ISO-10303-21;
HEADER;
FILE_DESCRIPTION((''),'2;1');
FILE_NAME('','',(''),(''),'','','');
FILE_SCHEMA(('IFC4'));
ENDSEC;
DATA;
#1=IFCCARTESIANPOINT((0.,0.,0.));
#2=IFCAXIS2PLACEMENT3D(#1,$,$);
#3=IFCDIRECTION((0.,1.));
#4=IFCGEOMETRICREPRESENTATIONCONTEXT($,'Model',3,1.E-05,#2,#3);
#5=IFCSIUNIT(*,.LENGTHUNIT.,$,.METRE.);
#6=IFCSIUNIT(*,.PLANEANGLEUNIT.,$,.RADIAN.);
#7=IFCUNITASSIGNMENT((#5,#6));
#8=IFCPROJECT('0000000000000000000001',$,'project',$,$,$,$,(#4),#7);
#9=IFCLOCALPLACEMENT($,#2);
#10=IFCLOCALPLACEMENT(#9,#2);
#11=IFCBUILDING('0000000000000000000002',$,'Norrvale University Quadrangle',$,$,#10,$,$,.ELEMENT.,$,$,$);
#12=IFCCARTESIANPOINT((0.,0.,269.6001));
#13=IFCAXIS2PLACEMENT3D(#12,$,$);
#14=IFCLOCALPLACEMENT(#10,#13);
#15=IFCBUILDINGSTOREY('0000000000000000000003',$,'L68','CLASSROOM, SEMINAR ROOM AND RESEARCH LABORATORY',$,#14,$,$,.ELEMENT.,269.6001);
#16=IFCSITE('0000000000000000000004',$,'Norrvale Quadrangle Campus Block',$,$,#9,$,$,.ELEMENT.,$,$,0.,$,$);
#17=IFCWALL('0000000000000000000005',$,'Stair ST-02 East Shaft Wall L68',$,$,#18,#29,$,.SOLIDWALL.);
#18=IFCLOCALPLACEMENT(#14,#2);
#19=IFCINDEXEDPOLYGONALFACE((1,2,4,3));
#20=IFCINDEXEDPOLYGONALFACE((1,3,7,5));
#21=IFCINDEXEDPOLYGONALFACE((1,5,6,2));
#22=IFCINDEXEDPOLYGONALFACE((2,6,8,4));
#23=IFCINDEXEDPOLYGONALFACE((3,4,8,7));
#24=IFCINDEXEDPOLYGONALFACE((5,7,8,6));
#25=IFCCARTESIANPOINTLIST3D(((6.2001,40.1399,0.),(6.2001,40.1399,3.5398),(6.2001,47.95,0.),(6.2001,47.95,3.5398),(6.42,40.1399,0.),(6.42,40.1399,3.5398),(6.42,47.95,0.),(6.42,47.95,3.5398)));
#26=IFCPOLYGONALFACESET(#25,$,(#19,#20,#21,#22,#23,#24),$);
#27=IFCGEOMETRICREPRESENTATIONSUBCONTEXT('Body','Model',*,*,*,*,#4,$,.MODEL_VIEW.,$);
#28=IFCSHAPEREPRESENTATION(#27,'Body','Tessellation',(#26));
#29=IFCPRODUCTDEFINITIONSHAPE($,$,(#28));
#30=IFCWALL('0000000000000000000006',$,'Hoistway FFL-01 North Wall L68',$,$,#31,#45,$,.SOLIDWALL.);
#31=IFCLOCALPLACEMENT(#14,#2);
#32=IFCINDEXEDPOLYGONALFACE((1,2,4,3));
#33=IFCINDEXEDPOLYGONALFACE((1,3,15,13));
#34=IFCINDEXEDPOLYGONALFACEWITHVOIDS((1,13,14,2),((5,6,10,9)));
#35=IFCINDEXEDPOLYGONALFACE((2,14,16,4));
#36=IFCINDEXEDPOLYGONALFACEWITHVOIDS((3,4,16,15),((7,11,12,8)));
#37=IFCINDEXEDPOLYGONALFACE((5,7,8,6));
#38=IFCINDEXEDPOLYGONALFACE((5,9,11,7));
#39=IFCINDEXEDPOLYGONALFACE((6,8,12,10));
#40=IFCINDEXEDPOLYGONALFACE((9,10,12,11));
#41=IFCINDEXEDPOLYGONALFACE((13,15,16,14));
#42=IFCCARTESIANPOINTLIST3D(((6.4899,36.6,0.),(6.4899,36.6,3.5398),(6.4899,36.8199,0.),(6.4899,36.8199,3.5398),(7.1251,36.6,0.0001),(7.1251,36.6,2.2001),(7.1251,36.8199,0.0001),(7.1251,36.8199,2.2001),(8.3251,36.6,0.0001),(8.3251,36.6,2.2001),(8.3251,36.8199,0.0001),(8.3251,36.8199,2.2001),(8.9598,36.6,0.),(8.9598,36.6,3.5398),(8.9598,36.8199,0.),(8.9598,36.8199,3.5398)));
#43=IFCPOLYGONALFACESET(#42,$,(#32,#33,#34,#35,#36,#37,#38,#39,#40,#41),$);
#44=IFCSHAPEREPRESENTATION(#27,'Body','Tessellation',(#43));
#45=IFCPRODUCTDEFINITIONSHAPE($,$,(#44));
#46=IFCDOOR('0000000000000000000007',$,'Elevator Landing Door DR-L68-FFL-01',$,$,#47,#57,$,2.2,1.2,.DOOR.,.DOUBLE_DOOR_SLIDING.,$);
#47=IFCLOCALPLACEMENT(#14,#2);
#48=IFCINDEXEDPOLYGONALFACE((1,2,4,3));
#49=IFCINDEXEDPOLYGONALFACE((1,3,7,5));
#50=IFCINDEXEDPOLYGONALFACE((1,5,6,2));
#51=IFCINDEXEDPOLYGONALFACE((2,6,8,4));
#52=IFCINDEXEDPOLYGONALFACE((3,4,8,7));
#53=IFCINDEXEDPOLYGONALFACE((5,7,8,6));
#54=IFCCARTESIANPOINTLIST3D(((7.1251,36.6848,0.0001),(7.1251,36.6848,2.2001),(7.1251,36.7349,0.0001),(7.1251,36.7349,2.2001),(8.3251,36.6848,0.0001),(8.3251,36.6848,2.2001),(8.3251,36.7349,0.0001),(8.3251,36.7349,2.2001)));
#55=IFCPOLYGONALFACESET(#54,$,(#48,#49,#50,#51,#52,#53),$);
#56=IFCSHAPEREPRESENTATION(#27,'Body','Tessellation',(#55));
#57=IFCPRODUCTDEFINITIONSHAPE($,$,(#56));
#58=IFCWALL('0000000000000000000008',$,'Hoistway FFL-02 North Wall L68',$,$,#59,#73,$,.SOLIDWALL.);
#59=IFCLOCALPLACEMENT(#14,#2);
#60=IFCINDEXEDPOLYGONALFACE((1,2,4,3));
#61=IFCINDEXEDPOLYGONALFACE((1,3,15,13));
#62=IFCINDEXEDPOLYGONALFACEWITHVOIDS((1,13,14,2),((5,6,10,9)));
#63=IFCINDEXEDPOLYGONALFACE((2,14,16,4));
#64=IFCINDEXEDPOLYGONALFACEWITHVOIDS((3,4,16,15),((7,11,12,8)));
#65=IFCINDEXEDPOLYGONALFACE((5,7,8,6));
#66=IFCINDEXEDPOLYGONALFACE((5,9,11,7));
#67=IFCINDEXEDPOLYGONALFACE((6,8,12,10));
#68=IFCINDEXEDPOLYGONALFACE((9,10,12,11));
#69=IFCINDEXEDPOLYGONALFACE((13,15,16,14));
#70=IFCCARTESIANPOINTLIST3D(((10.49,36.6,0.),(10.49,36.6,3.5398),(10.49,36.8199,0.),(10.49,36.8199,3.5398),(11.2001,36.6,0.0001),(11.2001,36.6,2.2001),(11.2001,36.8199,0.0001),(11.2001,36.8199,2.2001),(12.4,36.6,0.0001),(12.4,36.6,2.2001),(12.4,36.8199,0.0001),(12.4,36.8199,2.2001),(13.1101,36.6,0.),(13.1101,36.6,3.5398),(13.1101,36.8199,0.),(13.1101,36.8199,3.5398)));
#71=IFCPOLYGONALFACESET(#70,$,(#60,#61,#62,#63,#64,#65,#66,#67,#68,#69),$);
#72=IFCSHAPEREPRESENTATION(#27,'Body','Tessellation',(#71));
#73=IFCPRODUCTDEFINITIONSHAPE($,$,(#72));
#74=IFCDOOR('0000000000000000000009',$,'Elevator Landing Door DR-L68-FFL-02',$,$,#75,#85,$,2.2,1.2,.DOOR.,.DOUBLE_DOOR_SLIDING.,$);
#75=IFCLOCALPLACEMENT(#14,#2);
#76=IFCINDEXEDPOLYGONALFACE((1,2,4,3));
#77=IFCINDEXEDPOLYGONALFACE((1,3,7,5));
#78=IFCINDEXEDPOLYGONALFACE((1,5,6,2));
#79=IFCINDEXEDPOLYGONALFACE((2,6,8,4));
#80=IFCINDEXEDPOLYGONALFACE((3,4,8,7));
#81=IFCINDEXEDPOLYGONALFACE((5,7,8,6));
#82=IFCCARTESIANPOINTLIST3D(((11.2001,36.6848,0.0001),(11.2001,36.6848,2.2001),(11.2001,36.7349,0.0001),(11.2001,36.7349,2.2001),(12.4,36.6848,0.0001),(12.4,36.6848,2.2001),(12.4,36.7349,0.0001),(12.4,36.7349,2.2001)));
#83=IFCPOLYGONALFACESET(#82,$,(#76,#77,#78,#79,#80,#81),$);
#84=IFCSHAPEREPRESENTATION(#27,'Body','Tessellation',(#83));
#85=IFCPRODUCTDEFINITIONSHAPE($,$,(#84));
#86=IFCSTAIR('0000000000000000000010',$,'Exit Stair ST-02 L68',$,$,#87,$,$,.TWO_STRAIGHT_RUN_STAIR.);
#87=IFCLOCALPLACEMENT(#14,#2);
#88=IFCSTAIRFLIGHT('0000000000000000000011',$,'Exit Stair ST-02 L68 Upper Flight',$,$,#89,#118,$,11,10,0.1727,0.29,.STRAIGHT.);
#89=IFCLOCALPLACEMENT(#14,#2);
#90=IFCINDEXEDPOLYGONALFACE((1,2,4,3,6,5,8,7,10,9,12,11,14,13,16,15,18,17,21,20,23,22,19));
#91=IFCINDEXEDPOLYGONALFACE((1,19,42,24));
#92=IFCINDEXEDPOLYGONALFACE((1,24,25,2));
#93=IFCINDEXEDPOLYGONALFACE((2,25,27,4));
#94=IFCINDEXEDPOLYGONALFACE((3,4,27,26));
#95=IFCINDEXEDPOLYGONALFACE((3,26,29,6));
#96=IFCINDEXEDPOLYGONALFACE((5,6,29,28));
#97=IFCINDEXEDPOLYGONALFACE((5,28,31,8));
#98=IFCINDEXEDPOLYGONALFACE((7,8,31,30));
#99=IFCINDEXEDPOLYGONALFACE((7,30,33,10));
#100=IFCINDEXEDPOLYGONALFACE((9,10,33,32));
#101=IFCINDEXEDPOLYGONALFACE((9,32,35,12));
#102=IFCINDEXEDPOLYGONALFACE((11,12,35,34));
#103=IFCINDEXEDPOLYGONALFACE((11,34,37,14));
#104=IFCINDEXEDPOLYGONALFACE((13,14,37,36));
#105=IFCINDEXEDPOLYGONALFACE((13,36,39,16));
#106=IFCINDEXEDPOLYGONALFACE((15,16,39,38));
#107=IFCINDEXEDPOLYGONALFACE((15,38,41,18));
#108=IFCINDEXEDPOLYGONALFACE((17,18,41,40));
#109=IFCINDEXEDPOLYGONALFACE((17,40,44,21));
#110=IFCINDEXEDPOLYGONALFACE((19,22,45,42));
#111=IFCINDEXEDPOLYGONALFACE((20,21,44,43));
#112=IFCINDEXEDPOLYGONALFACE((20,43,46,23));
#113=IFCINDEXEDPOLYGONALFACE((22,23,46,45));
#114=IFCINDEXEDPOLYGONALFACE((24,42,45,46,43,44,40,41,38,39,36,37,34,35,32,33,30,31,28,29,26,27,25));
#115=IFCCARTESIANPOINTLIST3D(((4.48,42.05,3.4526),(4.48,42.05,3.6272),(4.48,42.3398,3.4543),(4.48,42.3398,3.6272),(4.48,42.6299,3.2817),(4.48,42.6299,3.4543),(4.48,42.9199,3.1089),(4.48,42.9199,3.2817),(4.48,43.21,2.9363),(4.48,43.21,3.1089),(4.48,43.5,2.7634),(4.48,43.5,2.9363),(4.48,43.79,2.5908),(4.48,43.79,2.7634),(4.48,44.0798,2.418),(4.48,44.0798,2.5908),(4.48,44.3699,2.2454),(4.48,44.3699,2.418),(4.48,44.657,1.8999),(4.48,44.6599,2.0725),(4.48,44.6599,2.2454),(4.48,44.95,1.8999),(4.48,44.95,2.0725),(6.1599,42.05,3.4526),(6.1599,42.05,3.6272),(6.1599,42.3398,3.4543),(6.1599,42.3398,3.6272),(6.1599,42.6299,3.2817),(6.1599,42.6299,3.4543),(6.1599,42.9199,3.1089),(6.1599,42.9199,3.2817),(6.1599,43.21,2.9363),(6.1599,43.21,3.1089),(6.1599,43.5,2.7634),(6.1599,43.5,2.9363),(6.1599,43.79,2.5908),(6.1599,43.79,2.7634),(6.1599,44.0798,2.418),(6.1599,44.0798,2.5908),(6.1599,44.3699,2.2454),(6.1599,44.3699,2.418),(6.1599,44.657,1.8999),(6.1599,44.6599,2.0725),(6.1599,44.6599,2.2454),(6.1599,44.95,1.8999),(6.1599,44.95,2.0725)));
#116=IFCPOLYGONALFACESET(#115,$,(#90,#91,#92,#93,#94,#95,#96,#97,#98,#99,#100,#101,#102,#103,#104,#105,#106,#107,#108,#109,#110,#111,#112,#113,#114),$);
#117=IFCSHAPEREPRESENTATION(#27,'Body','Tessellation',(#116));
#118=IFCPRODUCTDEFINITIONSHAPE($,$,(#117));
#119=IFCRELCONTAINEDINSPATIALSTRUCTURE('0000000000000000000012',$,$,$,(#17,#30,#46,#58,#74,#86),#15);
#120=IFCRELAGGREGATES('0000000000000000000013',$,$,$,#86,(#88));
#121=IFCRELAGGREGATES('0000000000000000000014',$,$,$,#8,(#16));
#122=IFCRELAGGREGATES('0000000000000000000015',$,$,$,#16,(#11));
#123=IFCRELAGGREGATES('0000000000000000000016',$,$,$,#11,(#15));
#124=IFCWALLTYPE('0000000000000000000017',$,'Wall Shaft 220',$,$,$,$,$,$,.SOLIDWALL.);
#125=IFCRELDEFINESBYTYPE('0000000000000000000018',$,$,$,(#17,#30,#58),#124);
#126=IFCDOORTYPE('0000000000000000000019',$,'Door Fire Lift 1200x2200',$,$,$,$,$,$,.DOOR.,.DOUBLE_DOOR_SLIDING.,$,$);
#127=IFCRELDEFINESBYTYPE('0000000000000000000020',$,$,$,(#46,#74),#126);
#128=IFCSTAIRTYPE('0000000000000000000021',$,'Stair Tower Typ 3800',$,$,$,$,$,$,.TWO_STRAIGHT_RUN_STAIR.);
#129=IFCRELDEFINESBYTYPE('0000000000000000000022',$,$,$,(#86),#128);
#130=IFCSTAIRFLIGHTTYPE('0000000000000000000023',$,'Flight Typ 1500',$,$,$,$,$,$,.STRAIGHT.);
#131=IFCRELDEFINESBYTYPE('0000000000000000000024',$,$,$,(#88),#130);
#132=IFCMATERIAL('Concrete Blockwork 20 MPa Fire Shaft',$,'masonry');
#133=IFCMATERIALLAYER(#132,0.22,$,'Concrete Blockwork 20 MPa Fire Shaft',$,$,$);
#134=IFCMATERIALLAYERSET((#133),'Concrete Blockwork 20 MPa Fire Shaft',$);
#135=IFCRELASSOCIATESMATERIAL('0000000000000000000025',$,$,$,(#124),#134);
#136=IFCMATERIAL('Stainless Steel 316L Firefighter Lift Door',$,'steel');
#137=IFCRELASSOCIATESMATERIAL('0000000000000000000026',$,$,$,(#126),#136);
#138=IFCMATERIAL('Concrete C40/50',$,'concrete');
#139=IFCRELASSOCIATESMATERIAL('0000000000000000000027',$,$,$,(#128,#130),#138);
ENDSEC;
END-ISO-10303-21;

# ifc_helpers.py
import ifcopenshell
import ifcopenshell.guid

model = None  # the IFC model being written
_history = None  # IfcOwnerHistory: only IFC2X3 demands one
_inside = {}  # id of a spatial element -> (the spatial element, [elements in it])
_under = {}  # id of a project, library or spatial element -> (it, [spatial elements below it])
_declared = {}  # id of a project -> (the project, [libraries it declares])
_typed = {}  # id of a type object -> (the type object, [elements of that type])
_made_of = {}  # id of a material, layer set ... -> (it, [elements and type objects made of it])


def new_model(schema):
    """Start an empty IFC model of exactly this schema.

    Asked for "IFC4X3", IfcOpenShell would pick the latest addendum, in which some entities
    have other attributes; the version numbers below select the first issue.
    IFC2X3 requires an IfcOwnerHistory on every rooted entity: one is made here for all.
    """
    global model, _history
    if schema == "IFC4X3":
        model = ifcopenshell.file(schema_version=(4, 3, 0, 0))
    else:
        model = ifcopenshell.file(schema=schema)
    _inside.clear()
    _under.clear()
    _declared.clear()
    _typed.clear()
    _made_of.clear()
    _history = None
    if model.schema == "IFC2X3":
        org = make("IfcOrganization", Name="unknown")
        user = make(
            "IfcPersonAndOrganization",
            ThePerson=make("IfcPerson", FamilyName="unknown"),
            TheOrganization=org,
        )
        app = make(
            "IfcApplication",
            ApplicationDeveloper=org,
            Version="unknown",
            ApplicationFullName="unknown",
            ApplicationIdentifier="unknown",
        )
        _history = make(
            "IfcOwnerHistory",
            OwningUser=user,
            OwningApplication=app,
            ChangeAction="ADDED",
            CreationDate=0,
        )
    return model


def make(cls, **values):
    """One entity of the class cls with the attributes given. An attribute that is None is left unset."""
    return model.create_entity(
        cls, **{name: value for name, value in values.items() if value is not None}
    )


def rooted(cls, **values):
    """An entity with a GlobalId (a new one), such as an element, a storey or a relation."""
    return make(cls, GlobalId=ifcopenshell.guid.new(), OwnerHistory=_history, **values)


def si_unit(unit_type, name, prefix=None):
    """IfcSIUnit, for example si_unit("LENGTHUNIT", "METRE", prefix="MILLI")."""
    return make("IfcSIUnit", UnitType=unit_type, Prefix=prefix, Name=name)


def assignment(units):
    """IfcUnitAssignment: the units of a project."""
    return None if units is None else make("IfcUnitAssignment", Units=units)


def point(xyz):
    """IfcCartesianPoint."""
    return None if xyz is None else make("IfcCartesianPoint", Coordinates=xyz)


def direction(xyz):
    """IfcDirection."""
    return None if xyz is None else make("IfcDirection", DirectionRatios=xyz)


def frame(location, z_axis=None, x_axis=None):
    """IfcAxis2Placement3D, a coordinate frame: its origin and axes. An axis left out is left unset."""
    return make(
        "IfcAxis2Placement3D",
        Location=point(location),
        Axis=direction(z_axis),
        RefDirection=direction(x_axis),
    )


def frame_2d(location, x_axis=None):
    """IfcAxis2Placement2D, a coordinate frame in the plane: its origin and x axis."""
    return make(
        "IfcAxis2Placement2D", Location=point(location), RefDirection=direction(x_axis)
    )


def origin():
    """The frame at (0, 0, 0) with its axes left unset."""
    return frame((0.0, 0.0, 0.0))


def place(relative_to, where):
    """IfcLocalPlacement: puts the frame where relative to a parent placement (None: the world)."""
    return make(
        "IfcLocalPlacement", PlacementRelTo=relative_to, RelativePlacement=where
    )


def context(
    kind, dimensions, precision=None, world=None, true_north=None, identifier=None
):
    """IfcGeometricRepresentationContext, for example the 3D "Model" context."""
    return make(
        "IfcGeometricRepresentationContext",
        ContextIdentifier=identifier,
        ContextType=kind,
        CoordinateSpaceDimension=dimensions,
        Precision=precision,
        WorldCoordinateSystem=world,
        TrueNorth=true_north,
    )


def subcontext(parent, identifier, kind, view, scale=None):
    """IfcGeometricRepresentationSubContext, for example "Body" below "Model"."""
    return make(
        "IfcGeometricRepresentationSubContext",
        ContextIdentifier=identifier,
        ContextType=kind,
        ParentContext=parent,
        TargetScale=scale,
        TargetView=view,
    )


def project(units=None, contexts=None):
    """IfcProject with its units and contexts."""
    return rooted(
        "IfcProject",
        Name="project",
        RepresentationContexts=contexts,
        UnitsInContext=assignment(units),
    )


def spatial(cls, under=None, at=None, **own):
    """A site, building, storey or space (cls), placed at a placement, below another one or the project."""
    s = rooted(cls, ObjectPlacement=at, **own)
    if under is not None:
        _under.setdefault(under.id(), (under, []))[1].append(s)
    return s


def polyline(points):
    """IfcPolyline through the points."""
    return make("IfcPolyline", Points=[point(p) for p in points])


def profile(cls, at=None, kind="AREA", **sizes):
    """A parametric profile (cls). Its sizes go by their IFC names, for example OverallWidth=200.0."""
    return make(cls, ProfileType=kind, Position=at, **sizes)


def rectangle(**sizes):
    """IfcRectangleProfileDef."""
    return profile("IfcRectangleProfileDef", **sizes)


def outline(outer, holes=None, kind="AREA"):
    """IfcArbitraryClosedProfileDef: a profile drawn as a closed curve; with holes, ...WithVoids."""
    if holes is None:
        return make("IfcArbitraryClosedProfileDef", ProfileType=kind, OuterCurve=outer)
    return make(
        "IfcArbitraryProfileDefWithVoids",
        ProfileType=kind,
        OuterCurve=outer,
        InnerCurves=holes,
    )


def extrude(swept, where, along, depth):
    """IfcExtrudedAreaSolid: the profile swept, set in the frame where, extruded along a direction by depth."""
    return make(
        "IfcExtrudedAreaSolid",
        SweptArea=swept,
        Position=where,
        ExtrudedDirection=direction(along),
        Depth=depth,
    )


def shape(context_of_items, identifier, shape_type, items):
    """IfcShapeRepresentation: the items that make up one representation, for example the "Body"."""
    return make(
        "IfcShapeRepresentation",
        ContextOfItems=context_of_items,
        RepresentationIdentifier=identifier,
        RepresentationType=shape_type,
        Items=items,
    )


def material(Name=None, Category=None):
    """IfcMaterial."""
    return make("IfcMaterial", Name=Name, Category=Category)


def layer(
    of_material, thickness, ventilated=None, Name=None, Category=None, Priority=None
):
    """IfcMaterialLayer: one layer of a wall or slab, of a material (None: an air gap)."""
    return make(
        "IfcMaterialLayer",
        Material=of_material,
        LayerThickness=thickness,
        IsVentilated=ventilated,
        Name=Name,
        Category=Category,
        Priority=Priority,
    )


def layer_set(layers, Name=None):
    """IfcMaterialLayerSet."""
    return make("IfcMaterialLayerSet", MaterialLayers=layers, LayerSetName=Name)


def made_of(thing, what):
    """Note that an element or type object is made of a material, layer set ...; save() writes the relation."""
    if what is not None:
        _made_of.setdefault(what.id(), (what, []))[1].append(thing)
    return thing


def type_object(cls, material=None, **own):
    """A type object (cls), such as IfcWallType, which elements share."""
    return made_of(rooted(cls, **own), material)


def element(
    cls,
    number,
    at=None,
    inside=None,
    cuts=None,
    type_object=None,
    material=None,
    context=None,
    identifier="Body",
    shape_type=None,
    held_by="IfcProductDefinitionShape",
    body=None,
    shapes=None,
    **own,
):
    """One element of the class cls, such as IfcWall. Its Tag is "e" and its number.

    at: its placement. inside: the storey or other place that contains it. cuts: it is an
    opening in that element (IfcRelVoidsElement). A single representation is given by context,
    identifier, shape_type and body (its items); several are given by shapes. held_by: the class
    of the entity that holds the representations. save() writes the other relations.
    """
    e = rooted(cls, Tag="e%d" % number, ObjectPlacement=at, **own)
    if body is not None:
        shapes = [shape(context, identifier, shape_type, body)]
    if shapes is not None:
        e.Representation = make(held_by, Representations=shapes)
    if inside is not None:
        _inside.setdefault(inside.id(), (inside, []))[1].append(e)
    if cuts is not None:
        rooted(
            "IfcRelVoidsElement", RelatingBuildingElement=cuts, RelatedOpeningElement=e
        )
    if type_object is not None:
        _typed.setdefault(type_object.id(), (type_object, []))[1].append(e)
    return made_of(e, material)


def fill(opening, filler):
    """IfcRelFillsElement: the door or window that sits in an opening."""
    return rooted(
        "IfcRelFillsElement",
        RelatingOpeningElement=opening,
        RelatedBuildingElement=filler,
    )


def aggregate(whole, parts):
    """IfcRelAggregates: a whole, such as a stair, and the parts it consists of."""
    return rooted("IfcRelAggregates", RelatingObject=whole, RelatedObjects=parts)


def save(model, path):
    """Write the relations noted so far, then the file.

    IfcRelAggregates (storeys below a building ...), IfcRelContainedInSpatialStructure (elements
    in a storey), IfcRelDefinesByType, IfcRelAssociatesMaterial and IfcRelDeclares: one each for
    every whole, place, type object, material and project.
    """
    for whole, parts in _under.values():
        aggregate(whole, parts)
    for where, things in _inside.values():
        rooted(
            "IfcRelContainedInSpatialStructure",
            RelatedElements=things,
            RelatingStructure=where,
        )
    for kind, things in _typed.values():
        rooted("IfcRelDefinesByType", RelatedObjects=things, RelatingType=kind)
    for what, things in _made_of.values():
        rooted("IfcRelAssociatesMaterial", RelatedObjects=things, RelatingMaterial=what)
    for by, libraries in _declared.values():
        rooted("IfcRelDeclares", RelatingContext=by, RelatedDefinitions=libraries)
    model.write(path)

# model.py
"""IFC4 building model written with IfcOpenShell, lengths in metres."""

from ifc_helpers import new_model, si_unit, direction, frame, frame_2d, origin, place, context, subcontext, project, spatial, polyline, rectangle, outline, extrude, material, layer, layer_set, type_object, element, fill, aggregate, save


model = new_model("IFC4")

# Units and contexts
model_context = context("Model", 3, precision=1e-05, world=origin(), true_north=direction((0.0, 1.0)))
body_context = subcontext(model_context, "Body", "Model", "MODEL_VIEW")
ifc_project = project(units=[si_unit("LENGTHUNIT", "METRE"), si_unit("PLANEANGLEUNIT", "RADIAN")], contexts=[model_context])

# Site, building, storey
site_placement = place(None, origin())
site = spatial("IfcSite", under=ifc_project, at=site_placement, Name="Norrvale Quadrangle Campus Block", CompositionType="ELEMENT", RefElevation=0.0)
building_placement = place(site_placement, origin())
building = spatial("IfcBuilding", under=site, at=building_placement, Name="Norrvale University Quadrangle", CompositionType="ELEMENT")
storey_placement = place(building_placement, frame((0.0, 0.0, 269.6001)))
storey = spatial("IfcBuildingStorey", under=building, at=storey_placement, Name="L68", Description="CLASSROOM, SEMINAR ROOM AND RESEARCH LABORATORY", CompositionType="ELEMENT", Elevation=269.6001)

# Wall
ifc_material_1 = material(Name="Concrete Blockwork 20 MPa Fire Shaft", Category="masonry")
ifc_layer_1 = layer(ifc_material_1, 0.22, Name="Concrete Blockwork 20 MPa Fire Shaft")
ifc_layer_set_1 = layer_set([ifc_layer_1], Name="Concrete Blockwork 20 MPa Fire Shaft")
wall_type_1 = type_object("IfcWallType", Name="Wall Shaft 220", PredefinedType="SOLIDWALL", material=ifc_layer_set_1)
wall_1_placement = place(storey_placement, frame((6.3101, 40.1399, 0.0), z_axis=(0.0, 0.0, 1.0), x_axis=(0.0, 1.0, 0.0)))
element("IfcWall", 1, at=wall_1_placement, inside=storey, type_object=wall_type_1, Name="Stair ST-02 East Shaft Wall L68", PredefinedType="SOLIDWALL", context=body_context, shape_type="SweptSolid", body=[
    extrude(rectangle(XDim=7.8101, YDim=0.22, at=frame_2d((3.905, 0.0))), origin(), (0.0, 0.0, 1.0), 3.5398),
])

# Walls, openings, doors
wall_2_placement = place(storey_placement, frame((6.49, 36.71, 0.0), z_axis=(0.0, 0.0, 1.0), x_axis=(1.0, 0.0, 0.0)))
wall_2 = element("IfcWall", 2, at=wall_2_placement, inside=storey, type_object=wall_type_1, Name="Hoistway FFL-01 North Wall L68", PredefinedType="SOLIDWALL", context=body_context, shape_type="SweptSolid", body=[
    extrude(rectangle(XDim=2.47, YDim=0.22, at=frame_2d((1.2349, 0.0))), origin(), (0.0, 0.0, 1.0), 3.5398),
])
opening_1_placement = place(wall_2_placement, frame((0.635, 0.0, 0.0)))
opening_1 = element("IfcOpeningElement", 3, at=opening_1_placement, cuts=wall_2, PredefinedType="OPENING", context=body_context, shape_type="SweptSolid", body=[
    extrude(rectangle(XDim=1.2, YDim=2.2, at=frame_2d((0.6001, 1.1001))), frame((0.0, 0.1221, 0.0), z_axis=(0.0, -1.0, 0.0), x_axis=(1.0, 0.0, 0.0)), (0.0, 0.0, 1.0), 0.2439),
])
ifc_material_2 = material(Name="Stainless Steel 316L Firefighter Lift Door", Category="steel")
door_type_1 = type_object("IfcDoorType", Name="Door Fire Lift 1200x2200", OperationType="DOUBLE_DOOR_SLIDING", PredefinedType="DOOR", material=ifc_material_2)
door_1_placement = place(opening_1_placement, origin())
door_1 = element("IfcDoor", 4, at=door_1_placement, inside=storey, type_object=door_type_1, Name="Elevator Landing Door DR-L68-FFL-01", OperationType="DOUBLE_DOOR_SLIDING", OverallHeight=2.2, OverallWidth=1.2, PredefinedType="DOOR", context=body_context, shape_type="SweptSolid", body=[
    extrude(rectangle(XDim=1.2, YDim=2.2, at=frame_2d((0.6001, 1.1001))), frame((0.0, 0.0249, 0.0), z_axis=(0.0, -1.0, 0.0), x_axis=(1.0, 0.0, 0.0)), (0.0, 0.0, 1.0), 0.05),
])
fill(opening_1, door_1)
wall_3_placement = place(storey_placement, frame((10.49, 36.71, 0.0), z_axis=(0.0, 0.0, 1.0), x_axis=(1.0, 0.0, 0.0)))
wall_3 = element("IfcWall", 5, at=wall_3_placement, inside=storey, type_object=wall_type_1, Name="Hoistway FFL-02 North Wall L68", PredefinedType="SOLIDWALL", context=body_context, shape_type="SweptSolid", body=[
    extrude(rectangle(XDim=2.6201, YDim=0.22, at=frame_2d((1.3101, 0.0))), origin(), (0.0, 0.0, 1.0), 3.5398),
])
opening_2_placement = place(wall_3_placement, frame((0.71, 0.0, 0.0)))
opening_2 = element("IfcOpeningElement", 6, at=opening_2_placement, cuts=wall_3, PredefinedType="OPENING", context=body_context, shape_type="SweptSolid", body=[
    extrude(rectangle(XDim=1.2, YDim=2.2, at=frame_2d((0.6001, 1.1001))), frame((0.0, 0.1221, 0.0), z_axis=(0.0, -1.0, 0.0), x_axis=(1.0, 0.0, 0.0)), (0.0, 0.0, 1.0), 0.2439),
])
door_2_placement = place(opening_2_placement, origin())
door_2 = element("IfcDoor", 7, at=door_2_placement, inside=storey, type_object=door_type_1, Name="Elevator Landing Door DR-L68-FFL-02", OperationType="DOUBLE_DOOR_SLIDING", OverallHeight=2.2, OverallWidth=1.2, PredefinedType="DOOR", context=body_context, shape_type="SweptSolid", body=[
    extrude(rectangle(XDim=1.2, YDim=2.2, at=frame_2d((0.6001, 1.1001))), frame((0.0, 0.0249, 0.0), z_axis=(0.0, -1.0, 0.0), x_axis=(1.0, 0.0, 0.0)), (0.0, 0.0, 1.0), 0.05),
])
fill(opening_2, door_2)

# Stair, stair flight
ifc_material_3 = material(Name="Concrete C40/50", Category="concrete")
stair_type = type_object("IfcStairType", Name="Stair Tower Typ 3800", PredefinedType="TWO_STRAIGHT_RUN_STAIR", material=ifc_material_3)
stair_placement = place(storey_placement, origin())
stair = element("IfcStair", 8, at=stair_placement, inside=storey, type_object=stair_type, Name="Exit Stair ST-02 L68", PredefinedType="TWO_STRAIGHT_RUN_STAIR")
stair_flight_type = type_object("IfcStairFlightType", Name="Flight Typ 1500", PredefinedType="STRAIGHT", material=ifc_material_3)
stair_flight_placement = place(storey_placement, frame((5.3201, 44.95, 1.8999), z_axis=(0.0, 0.0, 1.0), x_axis=(0.0, -1.0, 0.0)))
stair_flight = element("IfcStairFlight", 9, at=stair_flight_placement, type_object=stair_flight_type, Name="Exit Stair ST-02 L68 Upper Flight", NumberOfRisers=11, NumberOfTreads=10, PredefinedType="STRAIGHT", RiserHeight=0.1727, TreadLength=0.29, context=body_context, shape_type="SweptSolid", body=[
    extrude(outline(polyline([(0.0, 0.0), (0.0, 0.1726), (0.29, 0.1726), (0.29, 0.3455), (0.5801, 0.3455), (0.5801, 0.5181), (0.8701, 0.5181), (0.8701, 0.6909), (1.1599, 0.6909), (1.1599, 0.8635), (1.45, 0.8635), (1.45, 1.0364), (1.74, 1.0364), (1.74, 1.209), (2.03, 1.209), (2.03, 1.3818), (2.3201, 1.3818), (2.3201, 1.5544), (2.6101, 1.5544), (2.6101, 1.7273), (2.8999, 1.7273), (2.8999, 1.8999), (2.8999, 1.5527), (0.293, 0.0), (0.0, 0.0)])), frame((0.0, 0.8398, 0.0), z_axis=(0.0, -1.0, 0.0), x_axis=(1.0, 0.0, 0.0)), (0.0, 0.0, 1.0), 1.6799),
])
aggregate(stair, [stair_flight])

save(model, "model.ifc")
